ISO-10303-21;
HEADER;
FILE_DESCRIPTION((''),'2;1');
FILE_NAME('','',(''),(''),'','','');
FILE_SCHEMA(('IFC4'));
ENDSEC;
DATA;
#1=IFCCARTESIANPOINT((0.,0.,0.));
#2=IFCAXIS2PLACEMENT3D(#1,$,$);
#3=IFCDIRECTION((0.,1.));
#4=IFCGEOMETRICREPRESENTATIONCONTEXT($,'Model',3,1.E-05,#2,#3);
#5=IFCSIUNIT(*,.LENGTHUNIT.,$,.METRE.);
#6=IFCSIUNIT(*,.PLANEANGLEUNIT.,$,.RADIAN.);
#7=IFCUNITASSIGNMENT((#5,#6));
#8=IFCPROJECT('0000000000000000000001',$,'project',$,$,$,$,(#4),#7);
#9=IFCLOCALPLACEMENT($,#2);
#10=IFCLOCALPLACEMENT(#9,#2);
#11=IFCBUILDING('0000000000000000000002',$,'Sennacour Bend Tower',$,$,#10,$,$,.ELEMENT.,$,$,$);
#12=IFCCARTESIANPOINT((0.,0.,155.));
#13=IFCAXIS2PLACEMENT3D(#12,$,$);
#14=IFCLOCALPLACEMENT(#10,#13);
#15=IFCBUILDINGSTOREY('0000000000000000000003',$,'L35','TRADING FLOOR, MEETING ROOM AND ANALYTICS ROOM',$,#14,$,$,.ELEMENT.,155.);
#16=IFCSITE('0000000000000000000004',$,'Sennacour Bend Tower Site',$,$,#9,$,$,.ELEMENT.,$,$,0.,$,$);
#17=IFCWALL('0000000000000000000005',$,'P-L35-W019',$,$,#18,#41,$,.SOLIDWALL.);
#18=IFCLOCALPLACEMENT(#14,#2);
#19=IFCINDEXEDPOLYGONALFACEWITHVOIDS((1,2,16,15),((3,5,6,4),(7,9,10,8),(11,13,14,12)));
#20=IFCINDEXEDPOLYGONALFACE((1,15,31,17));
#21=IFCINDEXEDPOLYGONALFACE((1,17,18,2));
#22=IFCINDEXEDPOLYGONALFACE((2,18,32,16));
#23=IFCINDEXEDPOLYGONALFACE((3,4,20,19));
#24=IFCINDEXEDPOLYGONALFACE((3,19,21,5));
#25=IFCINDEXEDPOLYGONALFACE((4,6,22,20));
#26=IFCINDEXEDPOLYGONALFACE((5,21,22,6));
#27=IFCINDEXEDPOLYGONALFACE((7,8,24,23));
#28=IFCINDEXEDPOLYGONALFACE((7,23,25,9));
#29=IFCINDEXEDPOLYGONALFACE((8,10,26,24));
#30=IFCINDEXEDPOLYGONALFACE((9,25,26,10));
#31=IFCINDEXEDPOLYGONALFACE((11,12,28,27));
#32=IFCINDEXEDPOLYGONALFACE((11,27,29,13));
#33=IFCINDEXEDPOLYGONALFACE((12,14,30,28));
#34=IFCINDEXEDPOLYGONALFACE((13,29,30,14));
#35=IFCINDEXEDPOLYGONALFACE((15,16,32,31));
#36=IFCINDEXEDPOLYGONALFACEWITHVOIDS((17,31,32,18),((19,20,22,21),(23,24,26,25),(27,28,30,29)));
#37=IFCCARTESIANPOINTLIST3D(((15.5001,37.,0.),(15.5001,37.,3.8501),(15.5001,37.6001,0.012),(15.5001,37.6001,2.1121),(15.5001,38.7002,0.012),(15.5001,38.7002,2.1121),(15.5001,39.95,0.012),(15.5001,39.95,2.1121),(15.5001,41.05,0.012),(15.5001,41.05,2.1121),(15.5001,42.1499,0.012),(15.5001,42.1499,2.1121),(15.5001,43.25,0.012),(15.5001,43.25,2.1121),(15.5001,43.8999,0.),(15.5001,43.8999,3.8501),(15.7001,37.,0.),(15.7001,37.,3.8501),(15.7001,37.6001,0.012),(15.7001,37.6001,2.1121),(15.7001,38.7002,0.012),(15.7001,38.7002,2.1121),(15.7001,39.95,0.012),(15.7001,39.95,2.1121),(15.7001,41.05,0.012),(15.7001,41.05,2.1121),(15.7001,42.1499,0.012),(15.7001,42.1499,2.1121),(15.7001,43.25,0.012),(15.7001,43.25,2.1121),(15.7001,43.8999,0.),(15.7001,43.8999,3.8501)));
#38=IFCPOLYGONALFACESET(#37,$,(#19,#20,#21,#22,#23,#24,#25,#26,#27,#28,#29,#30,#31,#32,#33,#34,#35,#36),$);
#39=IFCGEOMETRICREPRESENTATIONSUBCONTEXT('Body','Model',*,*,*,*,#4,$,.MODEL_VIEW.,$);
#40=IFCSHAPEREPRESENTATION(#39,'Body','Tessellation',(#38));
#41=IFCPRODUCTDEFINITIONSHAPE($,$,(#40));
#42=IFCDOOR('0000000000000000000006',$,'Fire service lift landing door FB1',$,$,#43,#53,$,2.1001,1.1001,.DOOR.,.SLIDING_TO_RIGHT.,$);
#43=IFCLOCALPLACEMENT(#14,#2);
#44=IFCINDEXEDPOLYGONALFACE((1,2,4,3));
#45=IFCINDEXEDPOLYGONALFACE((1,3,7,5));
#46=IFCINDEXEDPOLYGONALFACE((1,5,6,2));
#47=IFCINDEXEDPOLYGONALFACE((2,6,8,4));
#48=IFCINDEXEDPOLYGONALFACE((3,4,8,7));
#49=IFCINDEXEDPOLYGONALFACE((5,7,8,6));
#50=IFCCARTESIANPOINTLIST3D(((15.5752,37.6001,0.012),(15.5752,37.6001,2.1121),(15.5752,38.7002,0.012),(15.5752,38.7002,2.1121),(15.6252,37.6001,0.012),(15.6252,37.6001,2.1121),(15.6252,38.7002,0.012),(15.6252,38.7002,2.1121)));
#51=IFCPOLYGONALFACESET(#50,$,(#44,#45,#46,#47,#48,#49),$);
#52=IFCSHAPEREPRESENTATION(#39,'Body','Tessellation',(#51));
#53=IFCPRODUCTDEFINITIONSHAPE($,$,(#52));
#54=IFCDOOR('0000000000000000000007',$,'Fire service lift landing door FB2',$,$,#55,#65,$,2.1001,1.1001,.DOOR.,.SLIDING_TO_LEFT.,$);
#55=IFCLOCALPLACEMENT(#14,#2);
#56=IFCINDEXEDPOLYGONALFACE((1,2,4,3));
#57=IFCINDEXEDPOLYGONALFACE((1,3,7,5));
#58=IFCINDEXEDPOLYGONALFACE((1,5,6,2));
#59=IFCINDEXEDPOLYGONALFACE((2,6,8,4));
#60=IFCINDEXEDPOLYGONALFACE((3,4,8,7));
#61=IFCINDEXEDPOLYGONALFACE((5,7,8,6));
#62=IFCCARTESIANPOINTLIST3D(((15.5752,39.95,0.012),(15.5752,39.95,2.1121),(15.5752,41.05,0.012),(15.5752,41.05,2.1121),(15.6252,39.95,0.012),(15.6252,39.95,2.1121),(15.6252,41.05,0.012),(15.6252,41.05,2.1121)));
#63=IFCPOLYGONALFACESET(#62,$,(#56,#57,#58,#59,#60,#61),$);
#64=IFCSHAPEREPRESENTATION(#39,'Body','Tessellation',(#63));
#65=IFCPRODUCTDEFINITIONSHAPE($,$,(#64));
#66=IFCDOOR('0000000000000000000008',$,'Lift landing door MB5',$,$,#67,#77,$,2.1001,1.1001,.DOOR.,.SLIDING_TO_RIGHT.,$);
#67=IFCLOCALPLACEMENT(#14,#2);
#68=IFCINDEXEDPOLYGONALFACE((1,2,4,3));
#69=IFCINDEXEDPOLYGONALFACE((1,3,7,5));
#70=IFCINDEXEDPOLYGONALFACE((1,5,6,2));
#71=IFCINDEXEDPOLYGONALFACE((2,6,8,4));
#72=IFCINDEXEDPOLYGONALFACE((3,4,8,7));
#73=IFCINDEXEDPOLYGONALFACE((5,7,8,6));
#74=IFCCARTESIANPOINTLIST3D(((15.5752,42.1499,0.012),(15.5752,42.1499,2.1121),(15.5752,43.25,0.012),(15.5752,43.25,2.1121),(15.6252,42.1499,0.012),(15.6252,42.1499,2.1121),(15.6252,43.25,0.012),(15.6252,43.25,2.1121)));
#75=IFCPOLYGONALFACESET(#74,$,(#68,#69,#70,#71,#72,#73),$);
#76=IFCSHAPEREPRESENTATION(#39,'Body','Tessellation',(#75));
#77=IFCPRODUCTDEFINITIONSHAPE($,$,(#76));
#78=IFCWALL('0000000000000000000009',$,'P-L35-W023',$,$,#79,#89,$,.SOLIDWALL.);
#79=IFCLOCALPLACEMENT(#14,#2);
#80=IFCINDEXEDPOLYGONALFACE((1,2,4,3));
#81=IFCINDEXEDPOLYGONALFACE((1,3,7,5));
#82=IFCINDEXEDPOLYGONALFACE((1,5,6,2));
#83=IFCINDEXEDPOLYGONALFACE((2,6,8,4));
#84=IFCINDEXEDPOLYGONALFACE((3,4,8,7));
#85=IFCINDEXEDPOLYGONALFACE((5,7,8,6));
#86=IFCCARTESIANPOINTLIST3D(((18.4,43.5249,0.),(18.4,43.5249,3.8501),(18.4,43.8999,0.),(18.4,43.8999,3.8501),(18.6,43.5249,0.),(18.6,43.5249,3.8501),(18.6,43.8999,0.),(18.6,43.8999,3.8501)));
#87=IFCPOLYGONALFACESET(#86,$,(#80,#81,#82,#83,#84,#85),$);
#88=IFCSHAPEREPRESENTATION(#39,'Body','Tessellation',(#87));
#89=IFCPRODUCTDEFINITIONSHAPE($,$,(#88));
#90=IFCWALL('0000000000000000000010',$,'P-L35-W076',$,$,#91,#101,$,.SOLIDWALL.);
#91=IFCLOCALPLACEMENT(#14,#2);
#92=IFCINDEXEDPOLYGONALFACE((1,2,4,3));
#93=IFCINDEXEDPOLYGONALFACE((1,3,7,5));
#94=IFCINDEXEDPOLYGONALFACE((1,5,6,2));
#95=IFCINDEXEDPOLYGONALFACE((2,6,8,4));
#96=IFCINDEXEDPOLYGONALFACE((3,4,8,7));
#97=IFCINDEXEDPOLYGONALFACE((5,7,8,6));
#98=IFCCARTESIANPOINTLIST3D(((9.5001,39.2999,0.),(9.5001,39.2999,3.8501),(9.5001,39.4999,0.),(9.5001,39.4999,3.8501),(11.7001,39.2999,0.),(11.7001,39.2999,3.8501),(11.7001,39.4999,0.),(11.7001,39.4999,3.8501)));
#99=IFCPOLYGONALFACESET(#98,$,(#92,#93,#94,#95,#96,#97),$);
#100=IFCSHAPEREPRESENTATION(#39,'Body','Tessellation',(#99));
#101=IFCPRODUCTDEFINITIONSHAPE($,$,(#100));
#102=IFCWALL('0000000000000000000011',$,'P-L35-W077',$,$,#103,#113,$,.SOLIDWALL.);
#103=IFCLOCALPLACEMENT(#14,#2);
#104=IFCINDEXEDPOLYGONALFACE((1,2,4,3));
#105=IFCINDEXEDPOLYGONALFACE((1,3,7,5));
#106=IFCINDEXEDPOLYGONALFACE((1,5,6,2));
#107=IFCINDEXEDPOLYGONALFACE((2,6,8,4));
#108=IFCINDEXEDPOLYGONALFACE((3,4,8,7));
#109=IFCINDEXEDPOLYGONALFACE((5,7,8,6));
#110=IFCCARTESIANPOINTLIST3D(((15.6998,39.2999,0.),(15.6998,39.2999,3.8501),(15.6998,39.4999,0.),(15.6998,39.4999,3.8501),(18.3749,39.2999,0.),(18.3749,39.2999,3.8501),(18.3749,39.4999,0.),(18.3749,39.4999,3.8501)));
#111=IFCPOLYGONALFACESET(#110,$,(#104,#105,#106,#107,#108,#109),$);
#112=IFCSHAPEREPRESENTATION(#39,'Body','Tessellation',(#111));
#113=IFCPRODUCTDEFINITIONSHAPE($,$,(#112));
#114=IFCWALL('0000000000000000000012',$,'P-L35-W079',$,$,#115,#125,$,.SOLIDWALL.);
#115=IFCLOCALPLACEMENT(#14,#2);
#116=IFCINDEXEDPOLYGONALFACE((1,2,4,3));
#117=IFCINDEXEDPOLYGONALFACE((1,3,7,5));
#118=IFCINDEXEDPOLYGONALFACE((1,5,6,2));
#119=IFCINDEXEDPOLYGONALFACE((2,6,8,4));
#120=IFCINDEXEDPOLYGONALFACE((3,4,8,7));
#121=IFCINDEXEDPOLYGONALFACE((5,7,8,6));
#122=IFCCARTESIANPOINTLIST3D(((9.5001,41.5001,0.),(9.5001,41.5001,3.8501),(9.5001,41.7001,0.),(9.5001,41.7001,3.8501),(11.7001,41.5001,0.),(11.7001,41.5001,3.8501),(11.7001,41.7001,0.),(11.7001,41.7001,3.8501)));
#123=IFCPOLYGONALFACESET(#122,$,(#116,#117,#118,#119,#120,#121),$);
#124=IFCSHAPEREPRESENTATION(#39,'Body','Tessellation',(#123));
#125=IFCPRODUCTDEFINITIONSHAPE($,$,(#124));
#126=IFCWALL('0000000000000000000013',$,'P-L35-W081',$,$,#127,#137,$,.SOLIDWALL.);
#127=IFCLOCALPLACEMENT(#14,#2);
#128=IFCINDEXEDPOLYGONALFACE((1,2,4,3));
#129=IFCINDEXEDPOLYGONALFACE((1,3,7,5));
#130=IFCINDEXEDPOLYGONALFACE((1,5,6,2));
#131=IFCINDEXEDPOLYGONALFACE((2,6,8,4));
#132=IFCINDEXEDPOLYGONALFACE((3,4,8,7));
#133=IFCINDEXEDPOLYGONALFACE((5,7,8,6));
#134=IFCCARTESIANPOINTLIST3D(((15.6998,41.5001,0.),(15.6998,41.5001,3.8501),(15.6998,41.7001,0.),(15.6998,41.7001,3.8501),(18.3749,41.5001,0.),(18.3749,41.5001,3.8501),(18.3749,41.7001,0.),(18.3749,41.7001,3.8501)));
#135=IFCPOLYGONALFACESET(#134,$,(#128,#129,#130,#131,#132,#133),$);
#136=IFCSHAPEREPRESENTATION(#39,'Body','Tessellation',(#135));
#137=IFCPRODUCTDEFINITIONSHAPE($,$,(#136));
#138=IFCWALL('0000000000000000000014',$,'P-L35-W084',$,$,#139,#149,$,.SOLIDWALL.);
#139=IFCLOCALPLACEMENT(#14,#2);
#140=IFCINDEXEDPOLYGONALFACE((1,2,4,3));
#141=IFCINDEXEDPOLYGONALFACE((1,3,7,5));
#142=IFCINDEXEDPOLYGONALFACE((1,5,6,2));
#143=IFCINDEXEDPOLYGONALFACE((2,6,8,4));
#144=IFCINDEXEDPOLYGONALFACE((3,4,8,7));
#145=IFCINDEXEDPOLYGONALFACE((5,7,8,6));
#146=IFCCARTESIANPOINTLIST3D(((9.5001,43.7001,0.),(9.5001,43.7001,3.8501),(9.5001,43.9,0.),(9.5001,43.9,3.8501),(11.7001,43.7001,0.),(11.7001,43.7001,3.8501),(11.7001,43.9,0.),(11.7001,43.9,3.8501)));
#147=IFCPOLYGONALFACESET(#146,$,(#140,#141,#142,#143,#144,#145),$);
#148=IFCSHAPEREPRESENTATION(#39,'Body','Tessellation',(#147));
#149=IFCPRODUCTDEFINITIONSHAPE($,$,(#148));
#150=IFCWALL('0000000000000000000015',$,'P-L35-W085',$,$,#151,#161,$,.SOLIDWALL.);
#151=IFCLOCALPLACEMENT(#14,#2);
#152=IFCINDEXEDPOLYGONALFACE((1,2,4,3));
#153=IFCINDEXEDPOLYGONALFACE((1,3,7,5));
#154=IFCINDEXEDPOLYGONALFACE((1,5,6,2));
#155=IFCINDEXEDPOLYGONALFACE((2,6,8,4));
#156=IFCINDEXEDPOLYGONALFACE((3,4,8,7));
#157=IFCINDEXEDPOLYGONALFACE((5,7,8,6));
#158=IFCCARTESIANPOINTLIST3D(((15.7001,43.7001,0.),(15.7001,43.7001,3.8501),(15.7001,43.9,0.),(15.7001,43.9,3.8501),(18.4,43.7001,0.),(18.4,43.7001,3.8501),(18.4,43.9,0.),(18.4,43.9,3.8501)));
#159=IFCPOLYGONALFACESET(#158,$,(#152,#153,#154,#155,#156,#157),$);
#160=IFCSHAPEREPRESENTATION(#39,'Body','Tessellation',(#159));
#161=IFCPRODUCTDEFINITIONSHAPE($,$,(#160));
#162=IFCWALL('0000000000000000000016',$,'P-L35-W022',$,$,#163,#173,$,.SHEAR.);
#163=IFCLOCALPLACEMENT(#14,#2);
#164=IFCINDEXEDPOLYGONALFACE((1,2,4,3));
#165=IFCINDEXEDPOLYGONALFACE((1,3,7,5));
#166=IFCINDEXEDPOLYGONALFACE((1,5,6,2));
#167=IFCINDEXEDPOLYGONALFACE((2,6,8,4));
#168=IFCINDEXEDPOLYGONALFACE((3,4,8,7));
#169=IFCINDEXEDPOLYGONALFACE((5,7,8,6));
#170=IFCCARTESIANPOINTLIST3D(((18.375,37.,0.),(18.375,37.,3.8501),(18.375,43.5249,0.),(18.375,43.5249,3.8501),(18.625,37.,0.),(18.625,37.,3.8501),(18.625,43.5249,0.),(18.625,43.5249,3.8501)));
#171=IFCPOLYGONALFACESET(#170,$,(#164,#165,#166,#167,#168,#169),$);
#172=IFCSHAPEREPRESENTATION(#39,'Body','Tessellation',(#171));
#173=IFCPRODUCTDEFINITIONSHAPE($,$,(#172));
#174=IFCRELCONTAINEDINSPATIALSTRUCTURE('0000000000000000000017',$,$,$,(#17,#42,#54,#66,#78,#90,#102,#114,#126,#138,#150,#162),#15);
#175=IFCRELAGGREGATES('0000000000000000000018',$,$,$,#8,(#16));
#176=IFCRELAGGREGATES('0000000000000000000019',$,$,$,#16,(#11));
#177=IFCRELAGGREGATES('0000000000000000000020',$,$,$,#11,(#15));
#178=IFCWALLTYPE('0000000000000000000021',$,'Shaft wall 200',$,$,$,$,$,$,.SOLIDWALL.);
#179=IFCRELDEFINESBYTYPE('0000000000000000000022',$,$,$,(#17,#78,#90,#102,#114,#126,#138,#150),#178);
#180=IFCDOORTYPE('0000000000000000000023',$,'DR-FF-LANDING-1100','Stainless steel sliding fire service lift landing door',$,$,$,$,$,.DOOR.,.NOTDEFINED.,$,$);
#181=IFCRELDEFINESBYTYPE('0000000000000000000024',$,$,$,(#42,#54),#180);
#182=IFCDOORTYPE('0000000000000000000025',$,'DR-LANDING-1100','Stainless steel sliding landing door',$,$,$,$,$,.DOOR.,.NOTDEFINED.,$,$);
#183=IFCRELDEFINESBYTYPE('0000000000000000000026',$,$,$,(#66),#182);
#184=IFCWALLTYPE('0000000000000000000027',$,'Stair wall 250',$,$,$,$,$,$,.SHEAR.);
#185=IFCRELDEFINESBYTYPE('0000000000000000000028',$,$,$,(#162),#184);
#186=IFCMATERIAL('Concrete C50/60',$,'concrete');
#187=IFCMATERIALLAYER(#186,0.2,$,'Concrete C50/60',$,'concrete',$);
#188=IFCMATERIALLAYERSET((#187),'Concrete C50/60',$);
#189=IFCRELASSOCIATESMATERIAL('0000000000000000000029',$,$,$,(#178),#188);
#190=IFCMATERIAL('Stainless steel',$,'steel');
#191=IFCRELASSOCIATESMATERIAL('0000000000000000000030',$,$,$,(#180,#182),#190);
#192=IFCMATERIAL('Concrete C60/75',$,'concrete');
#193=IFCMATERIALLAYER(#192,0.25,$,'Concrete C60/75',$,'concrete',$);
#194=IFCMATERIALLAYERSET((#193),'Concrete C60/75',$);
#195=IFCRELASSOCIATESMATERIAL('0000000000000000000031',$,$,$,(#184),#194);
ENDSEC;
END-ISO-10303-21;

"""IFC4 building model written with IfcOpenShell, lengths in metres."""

from ifc_helpers import new_model, si_unit, direction, frame, frame_2d, origin, place, context, subcontext, project, spatial, rectangle, extrude, material, layer, layer_set, type_object, element, fill, save


model = new_model("IFC4")

# Units and contexts
model_context = context("Model", 3, precision=1e-05, world=origin(), true_north=direction((0.0, 1.0)))
body_context = subcontext(model_context, "Body", "Model", "MODEL_VIEW")
ifc_project = project(units=[si_unit("LENGTHUNIT", "METRE"), si_unit("PLANEANGLEUNIT", "RADIAN")], contexts=[model_context])

# Site, building, storey
site_placement = place(None, origin())
site = spatial("IfcSite", under=ifc_project, at=site_placement, Name="Sennacour Bend Tower Site", CompositionType="ELEMENT", RefElevation=0.0)
building_placement = place(site_placement, origin())
building = spatial("IfcBuilding", under=site, at=building_placement, Name="Sennacour Bend Tower", CompositionType="ELEMENT")
storey_placement = place(building_placement, frame((0.0, 0.0, 155.0)))
storey = spatial("IfcBuildingStorey", under=building, at=storey_placement, Name="L35", Description="TRADING FLOOR, MEETING ROOM AND ANALYTICS ROOM", CompositionType="ELEMENT", Elevation=155.0)

# Shared definitions
ifc_material_1 = material(Name="Concrete C60/75", Category="concrete")

# Wall, openings, doors
ifc_material_2 = material(Name="Concrete C50/60", Category="concrete")
ifc_layer_1 = layer(ifc_material_2, 0.2, Name="Concrete C50/60", Category="concrete")
ifc_layer_set_1 = layer_set([ifc_layer_1], Name="Concrete C50/60")
wall_type_1 = type_object("IfcWallType", Name="Shaft wall 200", PredefinedType="SOLIDWALL", material=ifc_layer_set_1)
wall_1_placement = place(storey_placement, frame((15.6001, 37.0, 0.0), z_axis=(0.0, 0.0, 1.0), x_axis=(0.0, 1.0, 0.0)))
wall_1 = element("IfcWall", 1, at=wall_1_placement, inside=storey, type_object=wall_type_1, Name="P-L35-W019", PredefinedType="SOLIDWALL", context=body_context, shape_type="SweptSolid", body=[
    extrude(rectangle(XDim=6.8999, YDim=0.2, at=frame_2d((3.45, 0.0))), origin(), (0.0, 0.0, 1.0), 3.8501),
])
opening_1_placement = place(wall_1_placement, frame((0.6001, 0.0, 0.012)))
opening_1 = element("IfcOpeningElement", 2, at=opening_1_placement, cuts=wall_1, PredefinedType="OPENING", context=body_context, shape_type="SweptSolid", body=[
    extrude(rectangle(XDim=1.1001, YDim=2.1001, at=frame_2d((0.55, 1.05))), frame((0.0, 0.1099, 0.0), z_axis=(0.0, -1.0, 0.0), x_axis=(1.0, 0.0, 0.0)), (0.0, 0.0, 1.0), 0.22),
])
opening_2_placement = place(wall_1_placement, frame((2.95, 0.0, 0.012)))
opening_2 = element("IfcOpeningElement", 3, at=opening_2_placement, cuts=wall_1, PredefinedType="OPENING", context=body_context, shape_type="SweptSolid", body=[
    extrude(rectangle(XDim=1.1001, YDim=2.1001, at=frame_2d((0.55, 1.05))), frame((0.0, 0.1099, 0.0), z_axis=(0.0, -1.0, 0.0), x_axis=(1.0, 0.0, 0.0)), (0.0, 0.0, 1.0), 0.22),
])
opening_3_placement = place(wall_1_placement, frame((5.1499, 0.0, 0.012)))
opening_3 = element("IfcOpeningElement", 4, at=opening_3_placement, cuts=wall_1, PredefinedType="OPENING", context=body_context, shape_type="SweptSolid", body=[
    extrude(rectangle(XDim=1.1001, YDim=2.1001, at=frame_2d((0.55, 1.05))), frame((0.0, 0.1099, 0.0), z_axis=(0.0, -1.0, 0.0), x_axis=(1.0, 0.0, 0.0)), (0.0, 0.0, 1.0), 0.22),
])
ifc_material_3 = material(Name="Stainless steel", Category="steel")
door_type_1 = type_object("IfcDoorType", Name="DR-FF-LANDING-1100", Description="Stainless steel sliding fire service lift landing door", OperationType="NOTDEFINED", PredefinedType="DOOR", material=ifc_material_3)
door_1_placement = place(opening_1_placement, origin())
door_1 = element("IfcDoor", 5, at=door_1_placement, inside=storey, type_object=door_type_1, Name="Fire service lift landing door FB1", OperationType="SLIDING_TO_RIGHT", OverallHeight=2.1001, OverallWidth=1.1001, PredefinedType="DOOR", context=body_context, shape_type="SweptSolid", body=[
    extrude(rectangle(XDim=1.1001, YDim=2.1001, at=frame_2d((0.55, 1.05))), frame((0.0, 0.0249, 0.0), z_axis=(0.0, -1.0, 0.0), x_axis=(1.0, 0.0, 0.0)), (0.0, 0.0, 1.0), 0.05),
])
fill(opening_1, door_1)
door_2_placement = place(opening_2_placement, origin())
door_2 = element("IfcDoor", 6, at=door_2_placement, inside=storey, type_object=door_type_1, Name="Fire service lift landing door FB2", OperationType="SLIDING_TO_LEFT", OverallHeight=2.1001, OverallWidth=1.1001, PredefinedType="DOOR", context=body_context, shape_type="SweptSolid", body=[
    extrude(rectangle(XDim=1.1001, YDim=2.1001, at=frame_2d((0.55, 1.05))), frame((0.0, 0.0249, 0.0), z_axis=(0.0, -1.0, 0.0), x_axis=(1.0, 0.0, 0.0)), (0.0, 0.0, 1.0), 0.05),
])
fill(opening_2, door_2)
door_type_2 = type_object("IfcDoorType", Name="DR-LANDING-1100", Description="Stainless steel sliding landing door", OperationType="NOTDEFINED", PredefinedType="DOOR", material=ifc_material_3)
door_3_placement = place(opening_3_placement, origin())
door_3 = element("IfcDoor", 7, at=door_3_placement, inside=storey, type_object=door_type_2, Name="Lift landing door MB5", OperationType="SLIDING_TO_RIGHT", OverallHeight=2.1001, OverallWidth=1.1001, PredefinedType="DOOR", context=body_context, shape_type="SweptSolid", body=[
    extrude(rectangle(XDim=1.1001, YDim=2.1001, at=frame_2d((0.55, 1.05))), frame((0.0, 0.0249, 0.0), z_axis=(0.0, -1.0, 0.0), x_axis=(1.0, 0.0, 0.0)), (0.0, 0.0, 1.0), 0.05),
])
fill(opening_3, door_3)

# Walls
wall_2_placement = place(storey_placement, frame((18.5, 43.5249, 0.0), z_axis=(0.0, 0.0, 1.0), x_axis=(0.0, 1.0, 0.0)))
element("IfcWall", 8, at=wall_2_placement, inside=storey, type_object=wall_type_1, Name="P-L35-W023", PredefinedType="SOLIDWALL", context=body_context, shape_type="SweptSolid", body=[
    extrude(rectangle(XDim=0.375, YDim=0.2, at=frame_2d((0.1875, 0.0))), origin(), (0.0, 0.0, 1.0), 3.8501),
])
wall_3_placement = place(storey_placement, frame((9.5, 39.3999, 0.0), z_axis=(0.0, 0.0, 1.0), x_axis=(1.0, 0.0, 0.0)))
element("IfcWall", 9, at=wall_3_placement, inside=storey, type_object=wall_type_1, Name="P-L35-W076", PredefinedType="SOLIDWALL", context=body_context, shape_type="SweptSolid", body=[
    extrude(rectangle(XDim=2.2, YDim=0.2, at=frame_2d((1.1001, 0.0))), origin(), (0.0, 0.0, 1.0), 3.8501),
])
wall_4_placement = place(storey_placement, frame((15.7, 39.3999, 0.0), z_axis=(0.0, 0.0, 1.0), x_axis=(1.0, 0.0, 0.0)))
element("IfcWall", 10, at=wall_4_placement, inside=storey, type_object=wall_type_1, Name="P-L35-W077", PredefinedType="SOLIDWALL", context=body_context, shape_type="SweptSolid", body=[
    extrude(rectangle(XDim=2.675, YDim=0.2, at=frame_2d((1.3374, 0.0))), origin(), (0.0, 0.0, 1.0), 3.8501),
])
wall_5_placement = place(storey_placement, frame((9.5, 41.6001, 0.0), z_axis=(0.0, 0.0, 1.0), x_axis=(1.0, 0.0, 0.0)))
element("IfcWall", 11, at=wall_5_placement, inside=storey, type_object=wall_type_1, Name="P-L35-W079", PredefinedType="SOLIDWALL", context=body_context, shape_type="SweptSolid", body=[
    extrude(rectangle(XDim=2.2, YDim=0.2, at=frame_2d((1.1001, 0.0))), origin(), (0.0, 0.0, 1.0), 3.8501),
])
wall_6_placement = place(storey_placement, frame((15.7, 41.6001, 0.0), z_axis=(0.0, 0.0, 1.0), x_axis=(1.0, 0.0, 0.0)))
element("IfcWall", 12, at=wall_6_placement, inside=storey, type_object=wall_type_1, Name="P-L35-W081", PredefinedType="SOLIDWALL", context=body_context, shape_type="SweptSolid", body=[
    extrude(rectangle(XDim=2.675, YDim=0.2, at=frame_2d((1.3374, 0.0))), origin(), (0.0, 0.0, 1.0), 3.8501),
])
wall_7_placement = place(storey_placement, frame((9.5, 43.8, 0.0), z_axis=(0.0, 0.0, 1.0), x_axis=(1.0, 0.0, 0.0)))
element("IfcWall", 13, at=wall_7_placement, inside=storey, type_object=wall_type_1, Name="P-L35-W084", PredefinedType="SOLIDWALL", context=body_context, shape_type="SweptSolid", body=[
    extrude(rectangle(XDim=2.2, YDim=0.2, at=frame_2d((1.1001, 0.0))), origin(), (0.0, 0.0, 1.0), 3.8501),
])
wall_8_placement = place(storey_placement, frame((15.7, 43.8, 0.0), z_axis=(0.0, 0.0, 1.0), x_axis=(1.0, 0.0, 0.0)))
element("IfcWall", 14, at=wall_8_placement, inside=storey, type_object=wall_type_1, Name="P-L35-W085", PredefinedType="SOLIDWALL", context=body_context, shape_type="SweptSolid", body=[
    extrude(rectangle(XDim=2.7, YDim=0.2, at=frame_2d((1.3501, 0.0))), origin(), (0.0, 0.0, 1.0), 3.8501),
])
ifc_layer_2 = layer(ifc_material_1, 0.25, Name="Concrete C60/75", Category="concrete")
ifc_layer_set_2 = layer_set([ifc_layer_2], Name="Concrete C60/75")
wall_type_2 = type_object("IfcWallType", Name="Stair wall 250", PredefinedType="SHEAR", material=ifc_layer_set_2)
wall_9_placement = place(storey_placement, frame((18.5, 37.0, 0.0), z_axis=(0.0, 0.0, 1.0), x_axis=(0.0, 1.0, 0.0)))
element("IfcWall", 15, at=wall_9_placement, inside=storey, type_object=wall_type_2, Name="P-L35-W022", PredefinedType="SHEAR", context=body_context, shape_type="SweptSolid", body=[
    extrude(rectangle(XDim=6.5249, YDim=0.25, at=frame_2d((3.2625, 0.0))), origin(), (0.0, 0.0, 1.0), 3.8501),
])

save(model, "model.ifc")
